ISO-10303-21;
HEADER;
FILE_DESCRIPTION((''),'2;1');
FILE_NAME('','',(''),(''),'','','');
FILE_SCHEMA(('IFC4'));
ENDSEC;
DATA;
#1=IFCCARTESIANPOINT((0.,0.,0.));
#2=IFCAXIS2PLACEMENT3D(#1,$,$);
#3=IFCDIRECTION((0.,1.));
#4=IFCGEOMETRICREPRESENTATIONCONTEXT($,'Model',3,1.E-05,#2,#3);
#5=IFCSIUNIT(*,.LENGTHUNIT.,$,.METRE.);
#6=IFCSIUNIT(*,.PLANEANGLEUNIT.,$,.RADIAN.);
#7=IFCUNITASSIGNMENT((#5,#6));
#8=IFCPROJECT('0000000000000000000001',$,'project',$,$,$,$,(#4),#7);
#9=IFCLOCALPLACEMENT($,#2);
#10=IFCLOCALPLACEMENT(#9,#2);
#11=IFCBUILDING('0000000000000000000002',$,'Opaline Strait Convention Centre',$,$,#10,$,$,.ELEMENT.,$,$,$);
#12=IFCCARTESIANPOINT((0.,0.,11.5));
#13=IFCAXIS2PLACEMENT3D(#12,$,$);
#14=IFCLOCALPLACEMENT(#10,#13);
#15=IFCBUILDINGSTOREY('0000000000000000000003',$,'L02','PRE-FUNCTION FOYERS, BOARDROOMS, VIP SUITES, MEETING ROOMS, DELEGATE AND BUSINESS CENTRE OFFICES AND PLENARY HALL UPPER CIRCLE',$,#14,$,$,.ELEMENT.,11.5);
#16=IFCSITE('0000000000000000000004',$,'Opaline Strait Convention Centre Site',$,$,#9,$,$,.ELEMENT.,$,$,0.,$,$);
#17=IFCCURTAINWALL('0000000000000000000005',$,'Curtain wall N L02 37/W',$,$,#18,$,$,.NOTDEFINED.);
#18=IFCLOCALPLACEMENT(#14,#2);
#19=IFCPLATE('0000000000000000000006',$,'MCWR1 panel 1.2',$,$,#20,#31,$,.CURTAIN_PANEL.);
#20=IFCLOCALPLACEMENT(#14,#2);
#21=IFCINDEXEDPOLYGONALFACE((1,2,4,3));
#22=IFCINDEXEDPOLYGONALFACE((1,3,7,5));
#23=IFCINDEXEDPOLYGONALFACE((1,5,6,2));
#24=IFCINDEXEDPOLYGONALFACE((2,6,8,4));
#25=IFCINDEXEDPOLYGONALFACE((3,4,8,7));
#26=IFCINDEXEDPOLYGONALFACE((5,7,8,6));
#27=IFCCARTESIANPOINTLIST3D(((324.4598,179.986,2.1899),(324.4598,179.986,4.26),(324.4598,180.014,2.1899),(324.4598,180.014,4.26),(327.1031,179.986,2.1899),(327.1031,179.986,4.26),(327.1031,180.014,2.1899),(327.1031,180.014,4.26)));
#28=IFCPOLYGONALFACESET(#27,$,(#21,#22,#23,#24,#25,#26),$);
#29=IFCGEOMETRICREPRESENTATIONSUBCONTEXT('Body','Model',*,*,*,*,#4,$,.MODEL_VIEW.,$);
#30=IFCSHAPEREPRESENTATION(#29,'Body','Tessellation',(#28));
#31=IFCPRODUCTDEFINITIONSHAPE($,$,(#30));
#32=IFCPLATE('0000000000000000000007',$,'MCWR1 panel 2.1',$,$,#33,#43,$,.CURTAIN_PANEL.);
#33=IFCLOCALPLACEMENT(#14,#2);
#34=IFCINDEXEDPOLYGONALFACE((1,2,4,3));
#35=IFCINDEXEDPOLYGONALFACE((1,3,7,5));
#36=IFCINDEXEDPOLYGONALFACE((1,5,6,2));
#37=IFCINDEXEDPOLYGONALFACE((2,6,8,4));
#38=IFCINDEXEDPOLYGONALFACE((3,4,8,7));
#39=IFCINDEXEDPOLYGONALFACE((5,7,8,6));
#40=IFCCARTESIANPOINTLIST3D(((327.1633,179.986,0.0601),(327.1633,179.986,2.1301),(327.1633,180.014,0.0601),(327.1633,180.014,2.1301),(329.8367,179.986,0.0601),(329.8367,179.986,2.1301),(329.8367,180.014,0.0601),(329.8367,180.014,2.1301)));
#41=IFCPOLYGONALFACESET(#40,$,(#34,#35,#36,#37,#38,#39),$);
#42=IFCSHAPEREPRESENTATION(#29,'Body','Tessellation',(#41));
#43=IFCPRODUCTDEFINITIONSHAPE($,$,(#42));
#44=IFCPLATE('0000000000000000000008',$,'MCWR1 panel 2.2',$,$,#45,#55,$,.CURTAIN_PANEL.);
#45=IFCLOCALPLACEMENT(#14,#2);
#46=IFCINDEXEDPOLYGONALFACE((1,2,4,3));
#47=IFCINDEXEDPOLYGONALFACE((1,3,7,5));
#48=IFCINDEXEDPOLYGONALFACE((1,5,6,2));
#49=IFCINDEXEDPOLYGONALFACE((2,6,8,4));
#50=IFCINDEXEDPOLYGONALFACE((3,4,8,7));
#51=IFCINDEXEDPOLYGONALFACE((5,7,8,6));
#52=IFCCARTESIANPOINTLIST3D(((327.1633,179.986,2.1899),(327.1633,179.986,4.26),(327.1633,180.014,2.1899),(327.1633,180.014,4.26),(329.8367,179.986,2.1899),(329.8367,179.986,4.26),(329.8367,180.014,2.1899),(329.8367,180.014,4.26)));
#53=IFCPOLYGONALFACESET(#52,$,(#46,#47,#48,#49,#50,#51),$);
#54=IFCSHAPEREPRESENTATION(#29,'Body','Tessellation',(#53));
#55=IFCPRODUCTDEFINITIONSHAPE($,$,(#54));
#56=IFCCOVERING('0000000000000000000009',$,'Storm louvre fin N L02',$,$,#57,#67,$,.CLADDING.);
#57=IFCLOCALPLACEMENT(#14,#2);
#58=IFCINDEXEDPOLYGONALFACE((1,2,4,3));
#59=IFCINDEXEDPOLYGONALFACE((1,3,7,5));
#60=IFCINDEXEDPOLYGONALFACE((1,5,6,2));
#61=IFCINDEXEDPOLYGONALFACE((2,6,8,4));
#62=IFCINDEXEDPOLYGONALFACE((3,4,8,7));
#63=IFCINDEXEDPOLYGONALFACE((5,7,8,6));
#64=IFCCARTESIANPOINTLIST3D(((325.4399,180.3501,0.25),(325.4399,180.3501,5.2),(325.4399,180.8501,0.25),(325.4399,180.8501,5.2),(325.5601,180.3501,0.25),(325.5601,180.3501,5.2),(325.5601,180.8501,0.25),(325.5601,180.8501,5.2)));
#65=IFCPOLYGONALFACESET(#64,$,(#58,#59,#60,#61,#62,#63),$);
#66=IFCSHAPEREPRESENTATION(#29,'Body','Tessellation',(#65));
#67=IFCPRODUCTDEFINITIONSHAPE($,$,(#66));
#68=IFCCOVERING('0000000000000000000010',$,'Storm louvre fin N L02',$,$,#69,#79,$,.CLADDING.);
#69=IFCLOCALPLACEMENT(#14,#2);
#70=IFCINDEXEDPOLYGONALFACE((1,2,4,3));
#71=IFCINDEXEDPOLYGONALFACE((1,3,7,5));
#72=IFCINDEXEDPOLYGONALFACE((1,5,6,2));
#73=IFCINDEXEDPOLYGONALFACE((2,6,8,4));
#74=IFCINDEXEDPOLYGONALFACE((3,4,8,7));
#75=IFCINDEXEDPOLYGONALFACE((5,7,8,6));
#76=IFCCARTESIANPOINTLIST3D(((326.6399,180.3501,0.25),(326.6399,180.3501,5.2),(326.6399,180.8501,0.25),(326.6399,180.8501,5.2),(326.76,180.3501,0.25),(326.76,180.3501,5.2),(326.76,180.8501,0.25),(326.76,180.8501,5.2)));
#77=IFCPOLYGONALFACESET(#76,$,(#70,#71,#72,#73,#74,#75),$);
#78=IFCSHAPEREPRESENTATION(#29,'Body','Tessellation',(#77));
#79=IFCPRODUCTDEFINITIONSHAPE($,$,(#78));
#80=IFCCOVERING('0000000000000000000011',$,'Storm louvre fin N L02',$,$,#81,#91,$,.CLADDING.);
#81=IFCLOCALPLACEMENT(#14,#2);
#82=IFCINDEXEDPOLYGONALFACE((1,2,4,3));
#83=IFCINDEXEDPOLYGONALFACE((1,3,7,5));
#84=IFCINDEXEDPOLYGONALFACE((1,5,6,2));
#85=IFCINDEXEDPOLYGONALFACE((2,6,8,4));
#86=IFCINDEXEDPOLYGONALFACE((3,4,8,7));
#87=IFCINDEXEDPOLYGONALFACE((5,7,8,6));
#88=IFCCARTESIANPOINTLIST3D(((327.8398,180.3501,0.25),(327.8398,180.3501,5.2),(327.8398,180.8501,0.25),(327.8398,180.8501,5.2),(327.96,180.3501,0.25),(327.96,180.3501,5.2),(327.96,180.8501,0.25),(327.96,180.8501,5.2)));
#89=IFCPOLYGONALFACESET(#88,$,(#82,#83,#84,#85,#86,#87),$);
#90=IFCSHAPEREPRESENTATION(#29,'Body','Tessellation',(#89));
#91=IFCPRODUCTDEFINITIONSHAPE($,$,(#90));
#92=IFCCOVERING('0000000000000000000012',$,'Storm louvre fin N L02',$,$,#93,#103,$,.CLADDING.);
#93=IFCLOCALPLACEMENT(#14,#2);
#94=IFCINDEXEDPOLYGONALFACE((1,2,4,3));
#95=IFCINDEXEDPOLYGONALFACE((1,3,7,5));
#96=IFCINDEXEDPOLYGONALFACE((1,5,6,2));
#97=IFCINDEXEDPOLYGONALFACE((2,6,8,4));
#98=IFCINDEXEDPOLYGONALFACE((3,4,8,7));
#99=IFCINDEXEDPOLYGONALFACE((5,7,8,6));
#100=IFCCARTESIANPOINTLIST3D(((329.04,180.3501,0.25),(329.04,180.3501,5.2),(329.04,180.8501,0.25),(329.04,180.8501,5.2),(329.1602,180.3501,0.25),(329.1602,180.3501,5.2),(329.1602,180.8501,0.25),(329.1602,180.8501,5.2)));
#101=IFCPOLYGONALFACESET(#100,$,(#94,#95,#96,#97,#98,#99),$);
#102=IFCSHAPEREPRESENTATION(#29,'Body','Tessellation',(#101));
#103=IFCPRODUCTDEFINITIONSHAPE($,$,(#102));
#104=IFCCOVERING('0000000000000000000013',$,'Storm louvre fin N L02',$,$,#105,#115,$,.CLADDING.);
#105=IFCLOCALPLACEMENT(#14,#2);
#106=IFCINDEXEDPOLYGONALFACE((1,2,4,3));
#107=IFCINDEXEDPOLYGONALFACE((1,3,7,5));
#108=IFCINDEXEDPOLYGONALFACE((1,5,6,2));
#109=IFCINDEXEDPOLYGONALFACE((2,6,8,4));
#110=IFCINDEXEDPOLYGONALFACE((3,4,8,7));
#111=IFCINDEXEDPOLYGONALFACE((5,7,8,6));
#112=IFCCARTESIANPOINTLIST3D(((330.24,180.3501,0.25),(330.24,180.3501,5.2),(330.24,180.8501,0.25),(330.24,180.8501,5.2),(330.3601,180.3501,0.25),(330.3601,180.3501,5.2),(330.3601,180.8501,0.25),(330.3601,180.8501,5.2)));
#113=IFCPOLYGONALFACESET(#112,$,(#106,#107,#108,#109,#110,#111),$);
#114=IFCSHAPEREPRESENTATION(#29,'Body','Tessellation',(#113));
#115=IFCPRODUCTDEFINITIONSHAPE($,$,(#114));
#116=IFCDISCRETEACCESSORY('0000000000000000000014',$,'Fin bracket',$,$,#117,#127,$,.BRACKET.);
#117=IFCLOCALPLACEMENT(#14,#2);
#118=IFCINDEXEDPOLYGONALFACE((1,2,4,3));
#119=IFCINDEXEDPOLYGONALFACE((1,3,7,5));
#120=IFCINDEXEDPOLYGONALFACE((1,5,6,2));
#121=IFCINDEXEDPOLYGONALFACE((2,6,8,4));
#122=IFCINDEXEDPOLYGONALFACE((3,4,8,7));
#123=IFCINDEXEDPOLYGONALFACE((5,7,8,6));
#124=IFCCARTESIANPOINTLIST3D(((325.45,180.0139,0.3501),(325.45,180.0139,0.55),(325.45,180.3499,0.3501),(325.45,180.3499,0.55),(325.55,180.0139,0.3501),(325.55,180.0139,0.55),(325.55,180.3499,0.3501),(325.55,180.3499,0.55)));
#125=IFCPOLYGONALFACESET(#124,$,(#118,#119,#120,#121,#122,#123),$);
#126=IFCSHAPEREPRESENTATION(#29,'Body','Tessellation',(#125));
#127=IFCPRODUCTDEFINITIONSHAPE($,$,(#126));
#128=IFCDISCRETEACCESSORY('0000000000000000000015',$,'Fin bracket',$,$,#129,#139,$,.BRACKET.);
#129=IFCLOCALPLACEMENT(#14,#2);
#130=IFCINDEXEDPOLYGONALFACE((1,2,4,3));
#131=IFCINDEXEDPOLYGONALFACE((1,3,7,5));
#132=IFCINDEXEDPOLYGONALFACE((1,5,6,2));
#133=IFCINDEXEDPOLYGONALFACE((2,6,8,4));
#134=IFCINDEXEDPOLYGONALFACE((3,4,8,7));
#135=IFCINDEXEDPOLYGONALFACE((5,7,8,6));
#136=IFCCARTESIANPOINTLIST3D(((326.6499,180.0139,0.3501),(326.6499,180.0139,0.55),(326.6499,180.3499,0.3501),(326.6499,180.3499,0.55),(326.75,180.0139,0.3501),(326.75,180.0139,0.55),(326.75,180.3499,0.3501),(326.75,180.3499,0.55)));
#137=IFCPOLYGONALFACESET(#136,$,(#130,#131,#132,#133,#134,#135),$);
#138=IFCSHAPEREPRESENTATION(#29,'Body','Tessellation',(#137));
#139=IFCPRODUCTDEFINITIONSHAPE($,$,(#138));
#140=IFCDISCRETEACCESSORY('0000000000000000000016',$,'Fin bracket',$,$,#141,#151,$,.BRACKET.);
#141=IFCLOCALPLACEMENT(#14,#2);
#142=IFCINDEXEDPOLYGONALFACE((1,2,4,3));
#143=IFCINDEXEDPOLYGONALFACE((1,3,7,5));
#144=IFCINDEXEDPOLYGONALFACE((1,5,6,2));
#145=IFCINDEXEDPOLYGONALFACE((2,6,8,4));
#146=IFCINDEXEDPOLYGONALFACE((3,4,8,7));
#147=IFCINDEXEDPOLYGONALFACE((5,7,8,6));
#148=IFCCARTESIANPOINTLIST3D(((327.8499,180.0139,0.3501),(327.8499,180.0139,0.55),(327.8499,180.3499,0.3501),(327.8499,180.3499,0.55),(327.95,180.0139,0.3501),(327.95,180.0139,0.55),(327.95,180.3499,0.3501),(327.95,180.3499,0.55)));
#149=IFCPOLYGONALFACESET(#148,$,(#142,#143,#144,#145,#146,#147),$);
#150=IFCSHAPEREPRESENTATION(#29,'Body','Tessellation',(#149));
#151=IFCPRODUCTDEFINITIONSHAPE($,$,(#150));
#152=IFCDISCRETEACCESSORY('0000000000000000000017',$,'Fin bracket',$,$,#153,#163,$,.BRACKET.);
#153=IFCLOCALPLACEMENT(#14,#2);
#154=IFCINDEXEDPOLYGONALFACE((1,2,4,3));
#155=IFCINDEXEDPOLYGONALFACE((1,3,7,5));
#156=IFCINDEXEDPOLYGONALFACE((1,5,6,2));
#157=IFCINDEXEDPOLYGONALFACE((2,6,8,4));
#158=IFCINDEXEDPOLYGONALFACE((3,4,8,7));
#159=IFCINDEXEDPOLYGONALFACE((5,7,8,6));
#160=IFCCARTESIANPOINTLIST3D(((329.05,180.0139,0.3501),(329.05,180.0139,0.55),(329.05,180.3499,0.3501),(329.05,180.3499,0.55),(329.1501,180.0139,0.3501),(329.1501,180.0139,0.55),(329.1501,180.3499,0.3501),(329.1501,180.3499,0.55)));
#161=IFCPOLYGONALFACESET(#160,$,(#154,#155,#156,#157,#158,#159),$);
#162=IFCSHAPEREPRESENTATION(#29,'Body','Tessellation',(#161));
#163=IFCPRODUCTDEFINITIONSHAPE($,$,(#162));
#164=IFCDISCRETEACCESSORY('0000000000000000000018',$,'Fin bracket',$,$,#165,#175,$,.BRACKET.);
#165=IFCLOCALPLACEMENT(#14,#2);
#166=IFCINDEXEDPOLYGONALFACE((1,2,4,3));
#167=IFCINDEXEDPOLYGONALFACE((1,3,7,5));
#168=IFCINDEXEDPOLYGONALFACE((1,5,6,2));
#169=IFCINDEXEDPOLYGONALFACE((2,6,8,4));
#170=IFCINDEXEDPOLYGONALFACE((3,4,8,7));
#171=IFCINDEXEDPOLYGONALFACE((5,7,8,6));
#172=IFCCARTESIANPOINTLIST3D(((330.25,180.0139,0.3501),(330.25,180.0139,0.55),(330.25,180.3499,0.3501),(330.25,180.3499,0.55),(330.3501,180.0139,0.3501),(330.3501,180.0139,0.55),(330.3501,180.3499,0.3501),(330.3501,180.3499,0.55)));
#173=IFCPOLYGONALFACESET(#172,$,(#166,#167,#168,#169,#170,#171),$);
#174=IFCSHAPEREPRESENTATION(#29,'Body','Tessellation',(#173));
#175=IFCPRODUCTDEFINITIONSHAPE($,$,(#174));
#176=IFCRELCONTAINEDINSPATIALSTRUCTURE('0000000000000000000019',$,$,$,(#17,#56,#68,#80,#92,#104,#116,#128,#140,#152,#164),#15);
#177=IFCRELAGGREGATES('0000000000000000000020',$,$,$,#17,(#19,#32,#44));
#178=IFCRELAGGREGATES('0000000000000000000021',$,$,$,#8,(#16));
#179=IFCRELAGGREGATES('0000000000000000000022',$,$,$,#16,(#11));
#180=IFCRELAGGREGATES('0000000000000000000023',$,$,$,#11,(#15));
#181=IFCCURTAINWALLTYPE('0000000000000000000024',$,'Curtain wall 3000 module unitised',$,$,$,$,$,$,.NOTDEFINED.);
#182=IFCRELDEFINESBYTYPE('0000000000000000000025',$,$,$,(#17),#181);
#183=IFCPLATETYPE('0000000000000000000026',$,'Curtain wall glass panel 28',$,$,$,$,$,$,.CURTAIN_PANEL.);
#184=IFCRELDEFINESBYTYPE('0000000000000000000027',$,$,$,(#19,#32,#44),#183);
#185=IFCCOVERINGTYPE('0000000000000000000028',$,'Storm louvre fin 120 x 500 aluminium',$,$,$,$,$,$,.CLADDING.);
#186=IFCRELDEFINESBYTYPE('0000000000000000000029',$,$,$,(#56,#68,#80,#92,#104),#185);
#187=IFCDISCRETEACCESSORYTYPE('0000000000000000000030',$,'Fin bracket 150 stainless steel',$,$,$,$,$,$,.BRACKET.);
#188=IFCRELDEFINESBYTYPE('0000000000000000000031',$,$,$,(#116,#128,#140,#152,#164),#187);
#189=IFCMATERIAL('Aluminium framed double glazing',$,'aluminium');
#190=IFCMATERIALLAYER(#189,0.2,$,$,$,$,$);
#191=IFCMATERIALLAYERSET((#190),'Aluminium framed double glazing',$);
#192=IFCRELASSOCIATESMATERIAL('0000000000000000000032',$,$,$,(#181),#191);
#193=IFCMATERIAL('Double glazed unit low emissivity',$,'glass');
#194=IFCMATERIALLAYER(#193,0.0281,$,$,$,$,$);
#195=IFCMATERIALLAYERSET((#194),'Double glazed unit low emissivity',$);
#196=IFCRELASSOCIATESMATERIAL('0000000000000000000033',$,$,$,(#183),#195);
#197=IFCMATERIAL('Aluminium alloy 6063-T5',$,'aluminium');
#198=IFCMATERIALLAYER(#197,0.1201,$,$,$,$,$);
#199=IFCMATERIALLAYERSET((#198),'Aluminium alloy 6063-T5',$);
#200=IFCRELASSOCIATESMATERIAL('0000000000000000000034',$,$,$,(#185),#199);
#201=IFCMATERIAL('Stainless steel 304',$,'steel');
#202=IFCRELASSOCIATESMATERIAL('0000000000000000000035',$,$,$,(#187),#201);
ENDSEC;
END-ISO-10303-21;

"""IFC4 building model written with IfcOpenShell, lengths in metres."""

from ifc_helpers import new_model, si_unit, direction, frame, origin, origin_2d, place, context, subcontext, project, spatial, rectangle, extrude, material, layer, layer_set, type_object, element, aggregate, save


model = new_model("IFC4")

# Units and contexts
model_context = context("Model", 3, precision=1e-05, world=origin(), true_north=direction((0.0, 1.0)))
body_context = subcontext(model_context, "Body", "Model", "MODEL_VIEW")
ifc_project = project(units=[si_unit("LENGTHUNIT", "METRE"), si_unit("PLANEANGLEUNIT", "RADIAN")], contexts=[model_context])

# Site, building, storey
site_placement = place(None, origin())
site = spatial("IfcSite", under=ifc_project, at=site_placement, Name="Opaline Strait Convention Centre Site", CompositionType="ELEMENT", RefElevation=0.0)
building_placement = place(site_placement, origin())
building = spatial("IfcBuilding", under=site, at=building_placement, Name="Opaline Strait Convention Centre", CompositionType="ELEMENT")
storey_placement = place(building_placement, frame((0.0, 0.0, 11.5)))
storey = spatial("IfcBuildingStorey", under=building, at=storey_placement, Name="L02", Description="PRE-FUNCTION FOYERS, BOARDROOMS, VIP SUITES, MEETING ROOMS, DELEGATE AND BUSINESS CENTRE OFFICES AND PLENARY HALL UPPER CIRCLE", CompositionType="ELEMENT", Elevation=11.5)

# Curtain wall, plates
ifc_material_1 = material(Name="Aluminium framed double glazing", Category="aluminium")
ifc_layer_1 = layer(ifc_material_1, 0.2)
ifc_layer_set_1 = layer_set([ifc_layer_1], Name="Aluminium framed double glazing")
curtain_wall_type = type_object("IfcCurtainWallType", Name="Curtain wall 3000 module unitised", PredefinedType="NOTDEFINED", material=ifc_layer_set_1)
curtain_wall_placement = place(storey_placement, origin())
curtain_wall = element("IfcCurtainWall", 1, at=curtain_wall_placement, inside=storey, type_object=curtain_wall_type, Name="Curtain wall N L02 37/W", PredefinedType="NOTDEFINED")
ifc_material_2 = material(Name="Double glazed unit low emissivity", Category="glass")
ifc_layer_2 = layer(ifc_material_2, 0.0281)
ifc_layer_set_2 = layer_set([ifc_layer_2], Name="Double glazed unit low emissivity")
plate_type = type_object("IfcPlateType", Name="Curtain wall glass panel 28", PredefinedType="CURTAIN_PANEL", material=ifc_layer_set_2)
plate_1_placement = place(storey_placement, frame((325.7815, 180.0, 2.1899), z_axis=(0.0, 0.0, 1.0), x_axis=(1.0, 0.0, 0.0)))
plate_1 = element("IfcPlate", 2, at=plate_1_placement, type_object=plate_type, Name="MCWR1 panel 1.2", PredefinedType="CURTAIN_PANEL", context=body_context, shape_type="SweptSolid", body=[
    extrude(rectangle(XDim=2.6433, YDim=0.0281, at=origin_2d()), origin(), (0.0, 0.0, 1.0), 2.0701),
])
plate_2_placement = place(storey_placement, frame((328.5, 180.0, 0.0601), z_axis=(0.0, 0.0, 1.0), x_axis=(1.0, 0.0, 0.0)))
plate_2 = element("IfcPlate", 3, at=plate_2_placement, type_object=plate_type, Name="MCWR1 panel 2.1", PredefinedType="CURTAIN_PANEL", context=body_context, shape_type="SweptSolid", body=[
    extrude(rectangle(XDim=2.6733, YDim=0.0281, at=origin_2d()), origin(), (0.0, 0.0, 1.0), 2.0701),
])
plate_3_placement = place(storey_placement, frame((328.5, 180.0, 2.1899), z_axis=(0.0, 0.0, 1.0), x_axis=(1.0, 0.0, 0.0)))
plate_3 = element("IfcPlate", 4, at=plate_3_placement, type_object=plate_type, Name="MCWR1 panel 2.2", PredefinedType="CURTAIN_PANEL", context=body_context, shape_type="SweptSolid", body=[
    extrude(rectangle(XDim=2.6733, YDim=0.0281, at=origin_2d()), origin(), (0.0, 0.0, 1.0), 2.0701),
])
aggregate(curtain_wall, [plate_1, plate_2, plate_3])

# Coverings
ifc_material_3 = material(Name="Aluminium alloy 6063-T5", Category="aluminium")
ifc_layer_3 = layer(ifc_material_3, 0.1201)
ifc_layer_set_3 = layer_set([ifc_layer_3], Name="Aluminium alloy 6063-T5")
covering_type = type_object("IfcCoveringType", Name="Storm louvre fin 120 x 500 aluminium", PredefinedType="CLADDING", material=ifc_layer_set_3)
for number, where, z_axis, x_axis, name in (
    (5, (325.5, 180.6001, 0.25), (0.0, 0.0, 1.0), (1.0, 0.0, 0.0), "Storm louvre fin N L02"),
    (6, (326.7, 180.6001, 0.25), (0.0, 0.0, 1.0), (1.0, 0.0, 0.0), "Storm louvre fin N L02"),
    (7, (327.8999, 180.6001, 0.25), (0.0, 0.0, 1.0), (1.0, 0.0, 0.0), "Storm louvre fin N L02"),
    (8, (329.1001, 180.6001, 0.25), (0.0, 0.0, 1.0), (1.0, 0.0, 0.0), "Storm louvre fin N L02"),
    (9, (330.3, 180.6001, 0.25), (0.0, 0.0, 1.0), (1.0, 0.0, 0.0), "Storm louvre fin N L02"),
):
    element("IfcCovering", number, at=place(storey_placement, frame(where, z_axis=z_axis, x_axis=x_axis)), inside=storey, type_object=covering_type, Name=name, PredefinedType="CLADDING", context=body_context, shape_type="SweptSolid", body=[
        extrude(rectangle(XDim=0.1201, YDim=0.5, at=origin_2d()), origin(), (0.0, 0.0, 1.0), 4.95),
    ])

# Discrete accessories
ifc_material_4 = material(Name="Stainless steel 304", Category="steel")
discrete_accessory_type = type_object("IfcDiscreteAccessoryType", Name="Fin bracket 150 stainless steel", PredefinedType="BRACKET", material=ifc_material_4)
for number, where, z_axis, x_axis, name in (
    (10, (325.5, 180.1819, 0.3501), (0.0, 0.0, 1.0), (1.0, 0.0, 0.0), "Fin bracket"),
    (11, (326.7, 180.1819, 0.3501), (0.0, 0.0, 1.0), (1.0, 0.0, 0.0), "Fin bracket"),
    (12, (327.8999, 180.1819, 0.3501), (0.0, 0.0, 1.0), (1.0, 0.0, 0.0), "Fin bracket"),
    (13, (329.1001, 180.1819, 0.3501), (0.0, 0.0, 1.0), (1.0, 0.0, 0.0), "Fin bracket"),
    (14, (330.3, 180.1819, 0.3501), (0.0, 0.0, 1.0), (1.0, 0.0, 0.0), "Fin bracket"),
):
    element("IfcDiscreteAccessory", number, at=place(storey_placement, frame(where, z_axis=z_axis, x_axis=x_axis)), inside=storey, type_object=discrete_accessory_type, Name=name, PredefinedType="BRACKET", context=body_context, shape_type="SweptSolid", body=[
        extrude(rectangle(XDim=0.1001, YDim=0.3359, at=origin_2d()), origin(), (0.0, 0.0, 1.0), 0.2),
    ])

save(model, "model.ifc")
